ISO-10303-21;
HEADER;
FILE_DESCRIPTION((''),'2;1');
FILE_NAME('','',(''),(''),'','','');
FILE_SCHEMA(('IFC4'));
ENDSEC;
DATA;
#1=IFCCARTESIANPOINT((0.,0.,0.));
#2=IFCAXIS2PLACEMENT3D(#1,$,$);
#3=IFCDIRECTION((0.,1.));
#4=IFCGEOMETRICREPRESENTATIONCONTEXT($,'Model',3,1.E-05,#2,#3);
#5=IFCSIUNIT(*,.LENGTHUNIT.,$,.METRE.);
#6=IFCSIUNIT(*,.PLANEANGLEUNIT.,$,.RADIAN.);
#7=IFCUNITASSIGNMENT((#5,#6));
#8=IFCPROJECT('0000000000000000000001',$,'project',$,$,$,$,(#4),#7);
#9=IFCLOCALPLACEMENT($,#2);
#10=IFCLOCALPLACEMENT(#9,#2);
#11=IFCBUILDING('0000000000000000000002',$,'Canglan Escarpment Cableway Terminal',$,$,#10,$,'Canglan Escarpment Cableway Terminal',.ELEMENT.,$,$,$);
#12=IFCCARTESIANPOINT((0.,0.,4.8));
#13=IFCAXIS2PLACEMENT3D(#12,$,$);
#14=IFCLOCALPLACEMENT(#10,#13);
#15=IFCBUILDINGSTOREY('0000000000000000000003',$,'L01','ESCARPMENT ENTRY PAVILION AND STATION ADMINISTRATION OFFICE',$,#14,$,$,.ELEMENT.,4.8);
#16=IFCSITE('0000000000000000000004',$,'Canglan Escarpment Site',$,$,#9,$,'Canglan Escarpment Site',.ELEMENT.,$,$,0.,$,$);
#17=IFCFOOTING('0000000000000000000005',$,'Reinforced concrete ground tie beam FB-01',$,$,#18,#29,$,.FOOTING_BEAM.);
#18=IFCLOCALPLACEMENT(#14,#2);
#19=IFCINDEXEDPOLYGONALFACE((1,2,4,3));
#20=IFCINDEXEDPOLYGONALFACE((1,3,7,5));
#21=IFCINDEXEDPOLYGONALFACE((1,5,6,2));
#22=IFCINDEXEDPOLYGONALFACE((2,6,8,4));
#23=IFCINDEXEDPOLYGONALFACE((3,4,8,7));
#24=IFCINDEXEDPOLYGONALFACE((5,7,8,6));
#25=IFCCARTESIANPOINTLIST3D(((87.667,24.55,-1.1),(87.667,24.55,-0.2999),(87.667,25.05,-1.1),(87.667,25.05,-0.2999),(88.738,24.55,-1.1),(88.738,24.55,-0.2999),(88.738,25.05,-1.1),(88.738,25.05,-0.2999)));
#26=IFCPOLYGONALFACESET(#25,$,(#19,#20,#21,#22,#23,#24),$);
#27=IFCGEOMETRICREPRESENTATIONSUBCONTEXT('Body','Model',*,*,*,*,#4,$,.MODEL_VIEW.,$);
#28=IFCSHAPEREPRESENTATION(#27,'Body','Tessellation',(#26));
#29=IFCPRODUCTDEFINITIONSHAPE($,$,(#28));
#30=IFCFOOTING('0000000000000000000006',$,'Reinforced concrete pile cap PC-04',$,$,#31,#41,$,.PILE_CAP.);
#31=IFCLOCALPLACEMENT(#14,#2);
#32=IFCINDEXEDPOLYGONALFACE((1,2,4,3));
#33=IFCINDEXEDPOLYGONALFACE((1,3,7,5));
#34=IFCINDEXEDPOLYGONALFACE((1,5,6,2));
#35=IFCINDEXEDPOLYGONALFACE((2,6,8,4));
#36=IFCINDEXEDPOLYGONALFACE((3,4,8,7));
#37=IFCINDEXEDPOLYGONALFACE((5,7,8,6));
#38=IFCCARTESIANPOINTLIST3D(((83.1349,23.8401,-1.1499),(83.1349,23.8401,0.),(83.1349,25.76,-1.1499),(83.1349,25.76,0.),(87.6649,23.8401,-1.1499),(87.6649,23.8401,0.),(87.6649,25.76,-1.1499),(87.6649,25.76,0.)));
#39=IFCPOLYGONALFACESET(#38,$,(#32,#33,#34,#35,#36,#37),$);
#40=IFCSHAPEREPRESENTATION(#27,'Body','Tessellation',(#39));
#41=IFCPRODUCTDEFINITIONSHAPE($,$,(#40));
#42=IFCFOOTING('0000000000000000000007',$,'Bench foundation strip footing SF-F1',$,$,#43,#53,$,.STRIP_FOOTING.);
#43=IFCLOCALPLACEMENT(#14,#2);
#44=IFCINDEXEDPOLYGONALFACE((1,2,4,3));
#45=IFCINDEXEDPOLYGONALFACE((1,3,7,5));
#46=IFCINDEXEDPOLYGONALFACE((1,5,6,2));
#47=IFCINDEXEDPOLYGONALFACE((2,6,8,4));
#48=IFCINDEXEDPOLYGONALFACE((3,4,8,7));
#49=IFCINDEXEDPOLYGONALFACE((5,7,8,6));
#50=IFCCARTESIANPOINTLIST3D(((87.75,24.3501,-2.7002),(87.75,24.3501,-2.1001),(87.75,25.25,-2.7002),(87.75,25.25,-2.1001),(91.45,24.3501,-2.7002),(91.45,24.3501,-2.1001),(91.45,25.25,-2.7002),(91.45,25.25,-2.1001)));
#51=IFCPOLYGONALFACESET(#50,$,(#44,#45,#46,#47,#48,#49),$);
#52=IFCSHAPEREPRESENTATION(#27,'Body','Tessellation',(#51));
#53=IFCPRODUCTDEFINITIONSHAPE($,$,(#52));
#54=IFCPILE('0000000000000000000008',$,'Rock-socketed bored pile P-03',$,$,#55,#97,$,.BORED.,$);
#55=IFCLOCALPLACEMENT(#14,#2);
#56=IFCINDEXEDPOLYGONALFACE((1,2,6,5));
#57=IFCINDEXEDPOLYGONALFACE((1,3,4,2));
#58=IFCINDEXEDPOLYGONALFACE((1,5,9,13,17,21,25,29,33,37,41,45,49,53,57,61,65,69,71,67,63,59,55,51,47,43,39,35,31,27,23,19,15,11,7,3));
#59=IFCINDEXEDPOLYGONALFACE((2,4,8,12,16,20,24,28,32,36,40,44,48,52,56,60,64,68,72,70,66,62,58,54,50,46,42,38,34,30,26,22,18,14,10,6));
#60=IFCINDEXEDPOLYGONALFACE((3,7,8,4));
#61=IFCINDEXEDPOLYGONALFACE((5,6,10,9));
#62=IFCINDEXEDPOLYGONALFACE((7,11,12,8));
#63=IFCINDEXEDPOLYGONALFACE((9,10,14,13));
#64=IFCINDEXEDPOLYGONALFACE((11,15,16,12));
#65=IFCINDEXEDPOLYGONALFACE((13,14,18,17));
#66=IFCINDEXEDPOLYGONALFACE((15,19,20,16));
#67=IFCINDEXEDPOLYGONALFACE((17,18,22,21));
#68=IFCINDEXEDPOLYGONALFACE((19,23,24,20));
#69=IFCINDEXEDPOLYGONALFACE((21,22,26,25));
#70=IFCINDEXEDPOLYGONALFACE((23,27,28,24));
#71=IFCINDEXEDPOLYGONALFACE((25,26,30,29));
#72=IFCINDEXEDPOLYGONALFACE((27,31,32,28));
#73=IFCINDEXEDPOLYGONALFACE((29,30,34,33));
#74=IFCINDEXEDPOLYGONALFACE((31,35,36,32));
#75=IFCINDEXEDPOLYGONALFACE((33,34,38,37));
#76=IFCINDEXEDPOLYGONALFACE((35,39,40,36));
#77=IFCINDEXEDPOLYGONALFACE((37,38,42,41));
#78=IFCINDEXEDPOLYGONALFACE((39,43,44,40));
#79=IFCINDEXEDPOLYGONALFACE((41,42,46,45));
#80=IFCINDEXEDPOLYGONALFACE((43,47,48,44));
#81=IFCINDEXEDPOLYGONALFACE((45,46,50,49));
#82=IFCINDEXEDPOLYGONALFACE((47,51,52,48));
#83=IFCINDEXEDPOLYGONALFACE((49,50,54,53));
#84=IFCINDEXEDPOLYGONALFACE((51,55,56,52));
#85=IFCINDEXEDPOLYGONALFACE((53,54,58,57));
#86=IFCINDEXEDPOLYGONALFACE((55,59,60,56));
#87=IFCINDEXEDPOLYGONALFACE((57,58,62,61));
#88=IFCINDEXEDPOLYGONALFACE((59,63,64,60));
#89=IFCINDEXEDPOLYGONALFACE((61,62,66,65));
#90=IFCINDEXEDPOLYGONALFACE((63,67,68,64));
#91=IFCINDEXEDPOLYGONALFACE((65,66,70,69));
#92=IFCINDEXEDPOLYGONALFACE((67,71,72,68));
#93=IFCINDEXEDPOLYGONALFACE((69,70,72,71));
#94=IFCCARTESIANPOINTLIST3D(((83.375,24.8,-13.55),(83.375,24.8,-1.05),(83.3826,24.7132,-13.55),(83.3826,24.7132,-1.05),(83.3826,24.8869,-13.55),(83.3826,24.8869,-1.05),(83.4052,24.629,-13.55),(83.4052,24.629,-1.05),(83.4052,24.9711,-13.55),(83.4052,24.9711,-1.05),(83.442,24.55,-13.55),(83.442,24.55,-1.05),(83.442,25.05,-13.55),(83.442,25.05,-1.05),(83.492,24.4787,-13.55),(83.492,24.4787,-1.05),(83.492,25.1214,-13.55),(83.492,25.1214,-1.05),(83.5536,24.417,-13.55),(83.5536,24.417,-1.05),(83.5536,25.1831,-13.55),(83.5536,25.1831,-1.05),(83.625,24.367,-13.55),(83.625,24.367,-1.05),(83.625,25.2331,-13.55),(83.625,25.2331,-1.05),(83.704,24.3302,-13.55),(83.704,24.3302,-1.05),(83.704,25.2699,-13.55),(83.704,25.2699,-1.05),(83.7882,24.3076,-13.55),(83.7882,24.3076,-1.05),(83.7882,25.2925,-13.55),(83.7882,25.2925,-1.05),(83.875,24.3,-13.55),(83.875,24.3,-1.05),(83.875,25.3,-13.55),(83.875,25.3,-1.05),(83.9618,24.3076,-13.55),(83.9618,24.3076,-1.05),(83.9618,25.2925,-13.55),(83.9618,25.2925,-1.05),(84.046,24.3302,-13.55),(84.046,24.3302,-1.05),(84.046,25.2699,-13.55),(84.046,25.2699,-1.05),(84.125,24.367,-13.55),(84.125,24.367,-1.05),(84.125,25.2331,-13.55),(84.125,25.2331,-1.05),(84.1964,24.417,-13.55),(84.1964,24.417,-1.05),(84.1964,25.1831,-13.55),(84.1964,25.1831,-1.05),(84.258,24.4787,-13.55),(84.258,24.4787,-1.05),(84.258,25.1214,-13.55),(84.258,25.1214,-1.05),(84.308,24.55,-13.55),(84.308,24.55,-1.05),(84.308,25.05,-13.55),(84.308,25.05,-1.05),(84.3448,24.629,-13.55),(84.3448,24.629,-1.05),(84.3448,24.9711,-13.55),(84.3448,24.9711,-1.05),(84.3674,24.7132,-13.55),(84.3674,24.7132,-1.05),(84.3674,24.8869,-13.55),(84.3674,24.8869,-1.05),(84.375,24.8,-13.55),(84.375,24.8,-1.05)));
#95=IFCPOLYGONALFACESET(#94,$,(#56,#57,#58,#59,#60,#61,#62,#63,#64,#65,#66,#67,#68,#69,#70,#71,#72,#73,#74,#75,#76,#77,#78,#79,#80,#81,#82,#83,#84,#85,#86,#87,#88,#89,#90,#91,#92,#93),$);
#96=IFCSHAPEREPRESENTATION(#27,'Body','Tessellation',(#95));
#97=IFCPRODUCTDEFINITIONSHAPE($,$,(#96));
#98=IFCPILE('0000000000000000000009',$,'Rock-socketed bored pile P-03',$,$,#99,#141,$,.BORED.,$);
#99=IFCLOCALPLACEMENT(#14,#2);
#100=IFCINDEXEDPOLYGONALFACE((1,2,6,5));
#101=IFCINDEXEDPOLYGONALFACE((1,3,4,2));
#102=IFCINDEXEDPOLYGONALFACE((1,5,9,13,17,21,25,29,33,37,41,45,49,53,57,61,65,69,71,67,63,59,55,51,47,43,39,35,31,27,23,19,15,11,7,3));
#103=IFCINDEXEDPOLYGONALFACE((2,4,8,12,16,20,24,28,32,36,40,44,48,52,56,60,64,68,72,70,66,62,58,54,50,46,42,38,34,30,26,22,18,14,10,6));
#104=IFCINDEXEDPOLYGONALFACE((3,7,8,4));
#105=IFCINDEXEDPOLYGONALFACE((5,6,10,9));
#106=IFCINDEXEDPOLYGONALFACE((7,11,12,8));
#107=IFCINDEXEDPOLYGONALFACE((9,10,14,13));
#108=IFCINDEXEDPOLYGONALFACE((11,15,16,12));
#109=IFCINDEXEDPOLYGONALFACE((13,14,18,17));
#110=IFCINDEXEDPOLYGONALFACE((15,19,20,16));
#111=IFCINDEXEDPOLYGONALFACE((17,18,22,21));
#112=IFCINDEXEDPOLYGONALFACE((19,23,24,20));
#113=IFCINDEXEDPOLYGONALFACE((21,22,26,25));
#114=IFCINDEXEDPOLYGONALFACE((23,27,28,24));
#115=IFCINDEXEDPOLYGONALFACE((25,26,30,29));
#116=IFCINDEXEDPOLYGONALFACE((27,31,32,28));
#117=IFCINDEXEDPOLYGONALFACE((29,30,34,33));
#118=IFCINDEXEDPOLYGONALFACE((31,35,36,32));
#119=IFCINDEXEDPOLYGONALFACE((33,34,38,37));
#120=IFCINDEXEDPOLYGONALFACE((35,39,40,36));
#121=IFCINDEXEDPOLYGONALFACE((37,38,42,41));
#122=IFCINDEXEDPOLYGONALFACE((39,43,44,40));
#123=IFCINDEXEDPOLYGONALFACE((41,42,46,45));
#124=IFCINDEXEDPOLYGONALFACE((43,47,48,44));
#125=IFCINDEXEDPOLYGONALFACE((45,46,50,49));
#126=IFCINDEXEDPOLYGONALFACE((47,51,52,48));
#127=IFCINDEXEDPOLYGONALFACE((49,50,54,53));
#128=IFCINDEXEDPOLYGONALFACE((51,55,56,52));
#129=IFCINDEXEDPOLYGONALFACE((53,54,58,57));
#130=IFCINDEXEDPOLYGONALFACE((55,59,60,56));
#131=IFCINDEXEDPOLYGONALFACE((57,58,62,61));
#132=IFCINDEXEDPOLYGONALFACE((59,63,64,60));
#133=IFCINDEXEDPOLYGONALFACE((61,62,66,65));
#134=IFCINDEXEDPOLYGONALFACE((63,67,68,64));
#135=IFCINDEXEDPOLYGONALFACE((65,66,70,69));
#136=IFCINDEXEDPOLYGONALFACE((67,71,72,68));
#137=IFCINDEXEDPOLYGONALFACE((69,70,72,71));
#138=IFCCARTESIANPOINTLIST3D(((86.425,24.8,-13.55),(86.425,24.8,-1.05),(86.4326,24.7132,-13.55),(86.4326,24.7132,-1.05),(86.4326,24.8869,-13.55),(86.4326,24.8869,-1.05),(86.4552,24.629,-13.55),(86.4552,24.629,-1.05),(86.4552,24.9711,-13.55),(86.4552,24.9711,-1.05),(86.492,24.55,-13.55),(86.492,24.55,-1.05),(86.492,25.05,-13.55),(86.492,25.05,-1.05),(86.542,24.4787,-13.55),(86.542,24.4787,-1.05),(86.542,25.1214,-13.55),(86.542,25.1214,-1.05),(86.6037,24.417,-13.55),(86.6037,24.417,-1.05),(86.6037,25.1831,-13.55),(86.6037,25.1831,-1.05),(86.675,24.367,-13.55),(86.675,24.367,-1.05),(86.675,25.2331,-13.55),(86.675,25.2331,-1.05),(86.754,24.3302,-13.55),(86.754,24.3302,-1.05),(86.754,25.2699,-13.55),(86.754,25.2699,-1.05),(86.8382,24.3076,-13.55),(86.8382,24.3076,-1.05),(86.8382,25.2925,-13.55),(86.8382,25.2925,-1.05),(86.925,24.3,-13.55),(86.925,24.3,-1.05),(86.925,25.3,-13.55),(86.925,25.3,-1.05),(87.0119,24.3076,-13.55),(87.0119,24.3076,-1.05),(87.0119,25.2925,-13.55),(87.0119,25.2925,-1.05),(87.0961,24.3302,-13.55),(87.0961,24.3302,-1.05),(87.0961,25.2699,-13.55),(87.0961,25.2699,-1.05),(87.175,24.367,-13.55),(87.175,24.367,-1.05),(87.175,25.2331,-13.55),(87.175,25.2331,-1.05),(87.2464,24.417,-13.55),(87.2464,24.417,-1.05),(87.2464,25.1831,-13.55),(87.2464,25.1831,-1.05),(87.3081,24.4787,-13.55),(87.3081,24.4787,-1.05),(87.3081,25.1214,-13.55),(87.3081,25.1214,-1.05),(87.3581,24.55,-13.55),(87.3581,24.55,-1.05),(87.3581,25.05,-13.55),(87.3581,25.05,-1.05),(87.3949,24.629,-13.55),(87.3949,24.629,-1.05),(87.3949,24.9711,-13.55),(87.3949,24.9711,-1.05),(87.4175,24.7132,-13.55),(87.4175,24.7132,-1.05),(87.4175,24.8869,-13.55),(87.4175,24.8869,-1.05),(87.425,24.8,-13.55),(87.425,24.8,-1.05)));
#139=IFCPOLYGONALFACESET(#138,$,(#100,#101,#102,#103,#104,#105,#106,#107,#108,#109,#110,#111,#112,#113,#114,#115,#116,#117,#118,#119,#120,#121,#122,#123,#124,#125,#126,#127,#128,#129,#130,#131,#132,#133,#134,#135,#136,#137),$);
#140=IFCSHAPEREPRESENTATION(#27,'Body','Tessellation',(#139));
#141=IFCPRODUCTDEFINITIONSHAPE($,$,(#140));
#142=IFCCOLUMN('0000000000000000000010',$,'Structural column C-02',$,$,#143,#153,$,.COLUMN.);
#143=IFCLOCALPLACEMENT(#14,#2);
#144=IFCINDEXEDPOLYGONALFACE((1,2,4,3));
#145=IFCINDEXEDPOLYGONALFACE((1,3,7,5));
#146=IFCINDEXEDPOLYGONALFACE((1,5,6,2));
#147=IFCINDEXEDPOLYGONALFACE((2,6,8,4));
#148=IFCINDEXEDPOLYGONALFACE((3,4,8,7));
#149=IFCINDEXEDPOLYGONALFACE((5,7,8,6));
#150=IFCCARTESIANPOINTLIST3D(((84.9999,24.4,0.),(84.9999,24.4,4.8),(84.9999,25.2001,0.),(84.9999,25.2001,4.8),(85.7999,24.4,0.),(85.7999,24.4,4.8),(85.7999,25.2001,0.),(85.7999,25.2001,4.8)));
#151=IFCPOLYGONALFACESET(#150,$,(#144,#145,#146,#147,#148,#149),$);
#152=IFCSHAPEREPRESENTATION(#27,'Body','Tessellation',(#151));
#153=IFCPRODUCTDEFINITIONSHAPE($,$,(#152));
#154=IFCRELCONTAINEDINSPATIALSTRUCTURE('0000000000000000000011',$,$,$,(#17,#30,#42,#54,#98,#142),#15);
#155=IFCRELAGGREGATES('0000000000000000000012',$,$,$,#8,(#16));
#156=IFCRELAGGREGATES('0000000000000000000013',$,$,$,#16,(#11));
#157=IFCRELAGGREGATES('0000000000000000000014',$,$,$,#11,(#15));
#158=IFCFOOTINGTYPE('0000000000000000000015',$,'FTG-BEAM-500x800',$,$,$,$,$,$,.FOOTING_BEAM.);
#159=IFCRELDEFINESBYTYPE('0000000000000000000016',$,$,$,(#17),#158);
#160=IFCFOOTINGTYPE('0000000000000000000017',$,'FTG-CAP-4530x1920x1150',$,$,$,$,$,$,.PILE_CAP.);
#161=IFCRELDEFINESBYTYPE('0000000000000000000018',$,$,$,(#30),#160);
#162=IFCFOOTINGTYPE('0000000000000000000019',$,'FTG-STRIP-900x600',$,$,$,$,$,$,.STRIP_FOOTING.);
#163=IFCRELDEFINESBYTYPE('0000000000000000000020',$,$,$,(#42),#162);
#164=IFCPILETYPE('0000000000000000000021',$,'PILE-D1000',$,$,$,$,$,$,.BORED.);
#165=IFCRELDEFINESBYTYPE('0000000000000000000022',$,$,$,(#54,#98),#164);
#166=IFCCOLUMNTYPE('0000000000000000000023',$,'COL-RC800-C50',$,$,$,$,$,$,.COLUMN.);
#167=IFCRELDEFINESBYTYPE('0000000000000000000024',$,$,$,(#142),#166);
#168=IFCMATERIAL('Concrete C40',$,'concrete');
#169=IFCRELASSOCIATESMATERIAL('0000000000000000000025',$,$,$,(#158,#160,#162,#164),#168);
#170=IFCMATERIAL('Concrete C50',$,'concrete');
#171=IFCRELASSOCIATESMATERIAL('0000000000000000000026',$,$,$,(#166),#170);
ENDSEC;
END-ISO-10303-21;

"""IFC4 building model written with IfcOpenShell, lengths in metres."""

from ifc_helpers import new_model, si_unit, direction, frame, origin, origin_2d, place, context, subcontext, project, spatial, rectangle, circle, extrude, material, material_profile, profile_set, type_object, element, save


model = new_model("IFC4")

# Units and contexts
model_context = context("Model", 3, precision=1e-05, world=origin(), true_north=direction((0.0, 1.0)))
body_context = subcontext(model_context, "Body", "Model", "MODEL_VIEW")
ifc_project = project(units=[si_unit("LENGTHUNIT", "METRE"), si_unit("PLANEANGLEUNIT", "RADIAN")], contexts=[model_context])

# Site, building, storey
site_placement = place(None, origin())
site = spatial("IfcSite", under=ifc_project, at=site_placement, Name="Canglan Escarpment Site", LongName="Canglan Escarpment Site", CompositionType="ELEMENT", RefElevation=0.0)
building_placement = place(site_placement, origin())
building = spatial("IfcBuilding", under=site, at=building_placement, Name="Canglan Escarpment Cableway Terminal", LongName="Canglan Escarpment Cableway Terminal", CompositionType="ELEMENT")
storey_placement = place(building_placement, frame((0.0, 0.0, 4.8)))
storey = spatial("IfcBuildingStorey", under=building, at=storey_placement, Name="L01", Description="ESCARPMENT ENTRY PAVILION AND STATION ADMINISTRATION OFFICE", CompositionType="ELEMENT", Elevation=4.8)

# Footings
ifc_material_1 = material(Name="Concrete C40", Category="concrete")
ifc_material_profile_1 = material_profile(ifc_material_1, rectangle(XDim=0.5, YDim=0.8, at=origin_2d()), Name="FB 500x800")
ifc_profile_set_1 = profile_set([ifc_material_profile_1], Name="Concrete C40")
footing_type_1 = type_object("IfcFootingType", Name="FTG-BEAM-500x800", PredefinedType="FOOTING_BEAM", material=ifc_profile_set_1)
footing_1_placement = place(storey_placement, frame((87.667, 24.8, -0.7), z_axis=(1.0, 0.0, 0.0), x_axis=(0.0, 1.0, 0.0)))
element("IfcFooting", 1, at=footing_1_placement, inside=storey, type_object=footing_type_1, Name="Reinforced concrete ground tie beam FB-01", PredefinedType="FOOTING_BEAM", context=body_context, shape_type="SweptSolid", body=[
    extrude(rectangle(XDim=0.5, YDim=0.8, at=origin_2d()), origin(), (0.0, 0.0, 1.0), 1.071),
])
footing_type_2 = type_object("IfcFootingType", Name="FTG-CAP-4530x1920x1150", PredefinedType="PILE_CAP", material=ifc_material_1)
footing_2_placement = place(storey_placement, frame((85.3999, 24.8, -1.1499), z_axis=(0.0, 0.0, 1.0), x_axis=(1.0, 0.0, 0.0)))
element("IfcFooting", 2, at=footing_2_placement, inside=storey, type_object=footing_type_2, Name="Reinforced concrete pile cap PC-04", PredefinedType="PILE_CAP", context=body_context, shape_type="SweptSolid", body=[
    extrude(rectangle(XDim=4.53, YDim=1.9199, at=origin_2d()), origin(), (0.0, 0.0, 1.0), 1.1499),
])
ifc_material_profile_2 = material_profile(ifc_material_1, rectangle(XDim=0.8999, YDim=0.6001, at=origin_2d()), Name="SF 900x600")
ifc_profile_set_2 = profile_set([ifc_material_profile_2], Name="Concrete C40")
footing_type_3 = type_object("IfcFootingType", Name="FTG-STRIP-900x600", PredefinedType="STRIP_FOOTING", material=ifc_profile_set_2)
footing_3_placement = place(storey_placement, frame((87.75, 24.8, -2.4001), z_axis=(1.0, 0.0, 0.0), x_axis=(0.0, 1.0, 0.0)))
element("IfcFooting", 3, at=footing_3_placement, inside=storey, type_object=footing_type_3, Name="Bench foundation strip footing SF-F1", PredefinedType="STRIP_FOOTING", context=body_context, shape_type="SweptSolid", body=[
    extrude(rectangle(XDim=0.8999, YDim=0.6001, at=origin_2d()), origin(), (0.0, 0.0, 1.0), 3.7),
])

# Piles
ifc_material_profile_3 = material_profile(ifc_material_1, circle(Radius=0.5, at=origin_2d()), Name="BORED PILE D1000")
ifc_profile_set_3 = profile_set([ifc_material_profile_3], Name="Concrete C40")
pile_type = type_object("IfcPileType", Name="PILE-D1000", PredefinedType="BORED", material=ifc_profile_set_3)
for number, where, z_axis, x_axis, name in (
    (4, (83.875, 24.8, -1.05), (0.0, 0.0, -1.0), (1.0, 0.0, 0.0), "Rock-socketed bored pile P-03"),
    (5, (86.925, 24.8, -1.05), (0.0, 0.0, -1.0), (1.0, 0.0, 0.0), "Rock-socketed bored pile P-03"),
):
    element("IfcPile", number, at=place(storey_placement, frame(where, z_axis=z_axis, x_axis=x_axis)), inside=storey, type_object=pile_type, Name=name, PredefinedType="BORED", context=body_context, shape_type="SweptSolid", body=[
        extrude(circle(Radius=0.5, at=origin_2d()), origin(), (0.0, 0.0, 1.0), 12.5),
    ])

# Column
ifc_material_2 = material(Name="Concrete C50", Category="concrete")
ifc_material_profile_4 = material_profile(ifc_material_2, rectangle(XDim=0.8, YDim=0.8, at=origin_2d()), Name="RC 800x800")
ifc_profile_set_4 = profile_set([ifc_material_profile_4], Name="Concrete C50")
column_type = type_object("IfcColumnType", Name="COL-RC800-C50", PredefinedType="COLUMN", material=ifc_profile_set_4)
column_placement = place(storey_placement, frame((85.3999, 24.8, 0.0), z_axis=(0.0, 0.0, 1.0), x_axis=(1.0, 0.0, 0.0)))
element("IfcColumn", 6, at=column_placement, inside=storey, type_object=column_type, Name="Structural column C-02", PredefinedType="COLUMN", context=body_context, shape_type="SweptSolid", body=[
    extrude(rectangle(XDim=0.8, YDim=0.8, at=origin_2d()), origin(), (0.0, 0.0, 1.0), 4.8),
])

save(model, "model.ifc")
